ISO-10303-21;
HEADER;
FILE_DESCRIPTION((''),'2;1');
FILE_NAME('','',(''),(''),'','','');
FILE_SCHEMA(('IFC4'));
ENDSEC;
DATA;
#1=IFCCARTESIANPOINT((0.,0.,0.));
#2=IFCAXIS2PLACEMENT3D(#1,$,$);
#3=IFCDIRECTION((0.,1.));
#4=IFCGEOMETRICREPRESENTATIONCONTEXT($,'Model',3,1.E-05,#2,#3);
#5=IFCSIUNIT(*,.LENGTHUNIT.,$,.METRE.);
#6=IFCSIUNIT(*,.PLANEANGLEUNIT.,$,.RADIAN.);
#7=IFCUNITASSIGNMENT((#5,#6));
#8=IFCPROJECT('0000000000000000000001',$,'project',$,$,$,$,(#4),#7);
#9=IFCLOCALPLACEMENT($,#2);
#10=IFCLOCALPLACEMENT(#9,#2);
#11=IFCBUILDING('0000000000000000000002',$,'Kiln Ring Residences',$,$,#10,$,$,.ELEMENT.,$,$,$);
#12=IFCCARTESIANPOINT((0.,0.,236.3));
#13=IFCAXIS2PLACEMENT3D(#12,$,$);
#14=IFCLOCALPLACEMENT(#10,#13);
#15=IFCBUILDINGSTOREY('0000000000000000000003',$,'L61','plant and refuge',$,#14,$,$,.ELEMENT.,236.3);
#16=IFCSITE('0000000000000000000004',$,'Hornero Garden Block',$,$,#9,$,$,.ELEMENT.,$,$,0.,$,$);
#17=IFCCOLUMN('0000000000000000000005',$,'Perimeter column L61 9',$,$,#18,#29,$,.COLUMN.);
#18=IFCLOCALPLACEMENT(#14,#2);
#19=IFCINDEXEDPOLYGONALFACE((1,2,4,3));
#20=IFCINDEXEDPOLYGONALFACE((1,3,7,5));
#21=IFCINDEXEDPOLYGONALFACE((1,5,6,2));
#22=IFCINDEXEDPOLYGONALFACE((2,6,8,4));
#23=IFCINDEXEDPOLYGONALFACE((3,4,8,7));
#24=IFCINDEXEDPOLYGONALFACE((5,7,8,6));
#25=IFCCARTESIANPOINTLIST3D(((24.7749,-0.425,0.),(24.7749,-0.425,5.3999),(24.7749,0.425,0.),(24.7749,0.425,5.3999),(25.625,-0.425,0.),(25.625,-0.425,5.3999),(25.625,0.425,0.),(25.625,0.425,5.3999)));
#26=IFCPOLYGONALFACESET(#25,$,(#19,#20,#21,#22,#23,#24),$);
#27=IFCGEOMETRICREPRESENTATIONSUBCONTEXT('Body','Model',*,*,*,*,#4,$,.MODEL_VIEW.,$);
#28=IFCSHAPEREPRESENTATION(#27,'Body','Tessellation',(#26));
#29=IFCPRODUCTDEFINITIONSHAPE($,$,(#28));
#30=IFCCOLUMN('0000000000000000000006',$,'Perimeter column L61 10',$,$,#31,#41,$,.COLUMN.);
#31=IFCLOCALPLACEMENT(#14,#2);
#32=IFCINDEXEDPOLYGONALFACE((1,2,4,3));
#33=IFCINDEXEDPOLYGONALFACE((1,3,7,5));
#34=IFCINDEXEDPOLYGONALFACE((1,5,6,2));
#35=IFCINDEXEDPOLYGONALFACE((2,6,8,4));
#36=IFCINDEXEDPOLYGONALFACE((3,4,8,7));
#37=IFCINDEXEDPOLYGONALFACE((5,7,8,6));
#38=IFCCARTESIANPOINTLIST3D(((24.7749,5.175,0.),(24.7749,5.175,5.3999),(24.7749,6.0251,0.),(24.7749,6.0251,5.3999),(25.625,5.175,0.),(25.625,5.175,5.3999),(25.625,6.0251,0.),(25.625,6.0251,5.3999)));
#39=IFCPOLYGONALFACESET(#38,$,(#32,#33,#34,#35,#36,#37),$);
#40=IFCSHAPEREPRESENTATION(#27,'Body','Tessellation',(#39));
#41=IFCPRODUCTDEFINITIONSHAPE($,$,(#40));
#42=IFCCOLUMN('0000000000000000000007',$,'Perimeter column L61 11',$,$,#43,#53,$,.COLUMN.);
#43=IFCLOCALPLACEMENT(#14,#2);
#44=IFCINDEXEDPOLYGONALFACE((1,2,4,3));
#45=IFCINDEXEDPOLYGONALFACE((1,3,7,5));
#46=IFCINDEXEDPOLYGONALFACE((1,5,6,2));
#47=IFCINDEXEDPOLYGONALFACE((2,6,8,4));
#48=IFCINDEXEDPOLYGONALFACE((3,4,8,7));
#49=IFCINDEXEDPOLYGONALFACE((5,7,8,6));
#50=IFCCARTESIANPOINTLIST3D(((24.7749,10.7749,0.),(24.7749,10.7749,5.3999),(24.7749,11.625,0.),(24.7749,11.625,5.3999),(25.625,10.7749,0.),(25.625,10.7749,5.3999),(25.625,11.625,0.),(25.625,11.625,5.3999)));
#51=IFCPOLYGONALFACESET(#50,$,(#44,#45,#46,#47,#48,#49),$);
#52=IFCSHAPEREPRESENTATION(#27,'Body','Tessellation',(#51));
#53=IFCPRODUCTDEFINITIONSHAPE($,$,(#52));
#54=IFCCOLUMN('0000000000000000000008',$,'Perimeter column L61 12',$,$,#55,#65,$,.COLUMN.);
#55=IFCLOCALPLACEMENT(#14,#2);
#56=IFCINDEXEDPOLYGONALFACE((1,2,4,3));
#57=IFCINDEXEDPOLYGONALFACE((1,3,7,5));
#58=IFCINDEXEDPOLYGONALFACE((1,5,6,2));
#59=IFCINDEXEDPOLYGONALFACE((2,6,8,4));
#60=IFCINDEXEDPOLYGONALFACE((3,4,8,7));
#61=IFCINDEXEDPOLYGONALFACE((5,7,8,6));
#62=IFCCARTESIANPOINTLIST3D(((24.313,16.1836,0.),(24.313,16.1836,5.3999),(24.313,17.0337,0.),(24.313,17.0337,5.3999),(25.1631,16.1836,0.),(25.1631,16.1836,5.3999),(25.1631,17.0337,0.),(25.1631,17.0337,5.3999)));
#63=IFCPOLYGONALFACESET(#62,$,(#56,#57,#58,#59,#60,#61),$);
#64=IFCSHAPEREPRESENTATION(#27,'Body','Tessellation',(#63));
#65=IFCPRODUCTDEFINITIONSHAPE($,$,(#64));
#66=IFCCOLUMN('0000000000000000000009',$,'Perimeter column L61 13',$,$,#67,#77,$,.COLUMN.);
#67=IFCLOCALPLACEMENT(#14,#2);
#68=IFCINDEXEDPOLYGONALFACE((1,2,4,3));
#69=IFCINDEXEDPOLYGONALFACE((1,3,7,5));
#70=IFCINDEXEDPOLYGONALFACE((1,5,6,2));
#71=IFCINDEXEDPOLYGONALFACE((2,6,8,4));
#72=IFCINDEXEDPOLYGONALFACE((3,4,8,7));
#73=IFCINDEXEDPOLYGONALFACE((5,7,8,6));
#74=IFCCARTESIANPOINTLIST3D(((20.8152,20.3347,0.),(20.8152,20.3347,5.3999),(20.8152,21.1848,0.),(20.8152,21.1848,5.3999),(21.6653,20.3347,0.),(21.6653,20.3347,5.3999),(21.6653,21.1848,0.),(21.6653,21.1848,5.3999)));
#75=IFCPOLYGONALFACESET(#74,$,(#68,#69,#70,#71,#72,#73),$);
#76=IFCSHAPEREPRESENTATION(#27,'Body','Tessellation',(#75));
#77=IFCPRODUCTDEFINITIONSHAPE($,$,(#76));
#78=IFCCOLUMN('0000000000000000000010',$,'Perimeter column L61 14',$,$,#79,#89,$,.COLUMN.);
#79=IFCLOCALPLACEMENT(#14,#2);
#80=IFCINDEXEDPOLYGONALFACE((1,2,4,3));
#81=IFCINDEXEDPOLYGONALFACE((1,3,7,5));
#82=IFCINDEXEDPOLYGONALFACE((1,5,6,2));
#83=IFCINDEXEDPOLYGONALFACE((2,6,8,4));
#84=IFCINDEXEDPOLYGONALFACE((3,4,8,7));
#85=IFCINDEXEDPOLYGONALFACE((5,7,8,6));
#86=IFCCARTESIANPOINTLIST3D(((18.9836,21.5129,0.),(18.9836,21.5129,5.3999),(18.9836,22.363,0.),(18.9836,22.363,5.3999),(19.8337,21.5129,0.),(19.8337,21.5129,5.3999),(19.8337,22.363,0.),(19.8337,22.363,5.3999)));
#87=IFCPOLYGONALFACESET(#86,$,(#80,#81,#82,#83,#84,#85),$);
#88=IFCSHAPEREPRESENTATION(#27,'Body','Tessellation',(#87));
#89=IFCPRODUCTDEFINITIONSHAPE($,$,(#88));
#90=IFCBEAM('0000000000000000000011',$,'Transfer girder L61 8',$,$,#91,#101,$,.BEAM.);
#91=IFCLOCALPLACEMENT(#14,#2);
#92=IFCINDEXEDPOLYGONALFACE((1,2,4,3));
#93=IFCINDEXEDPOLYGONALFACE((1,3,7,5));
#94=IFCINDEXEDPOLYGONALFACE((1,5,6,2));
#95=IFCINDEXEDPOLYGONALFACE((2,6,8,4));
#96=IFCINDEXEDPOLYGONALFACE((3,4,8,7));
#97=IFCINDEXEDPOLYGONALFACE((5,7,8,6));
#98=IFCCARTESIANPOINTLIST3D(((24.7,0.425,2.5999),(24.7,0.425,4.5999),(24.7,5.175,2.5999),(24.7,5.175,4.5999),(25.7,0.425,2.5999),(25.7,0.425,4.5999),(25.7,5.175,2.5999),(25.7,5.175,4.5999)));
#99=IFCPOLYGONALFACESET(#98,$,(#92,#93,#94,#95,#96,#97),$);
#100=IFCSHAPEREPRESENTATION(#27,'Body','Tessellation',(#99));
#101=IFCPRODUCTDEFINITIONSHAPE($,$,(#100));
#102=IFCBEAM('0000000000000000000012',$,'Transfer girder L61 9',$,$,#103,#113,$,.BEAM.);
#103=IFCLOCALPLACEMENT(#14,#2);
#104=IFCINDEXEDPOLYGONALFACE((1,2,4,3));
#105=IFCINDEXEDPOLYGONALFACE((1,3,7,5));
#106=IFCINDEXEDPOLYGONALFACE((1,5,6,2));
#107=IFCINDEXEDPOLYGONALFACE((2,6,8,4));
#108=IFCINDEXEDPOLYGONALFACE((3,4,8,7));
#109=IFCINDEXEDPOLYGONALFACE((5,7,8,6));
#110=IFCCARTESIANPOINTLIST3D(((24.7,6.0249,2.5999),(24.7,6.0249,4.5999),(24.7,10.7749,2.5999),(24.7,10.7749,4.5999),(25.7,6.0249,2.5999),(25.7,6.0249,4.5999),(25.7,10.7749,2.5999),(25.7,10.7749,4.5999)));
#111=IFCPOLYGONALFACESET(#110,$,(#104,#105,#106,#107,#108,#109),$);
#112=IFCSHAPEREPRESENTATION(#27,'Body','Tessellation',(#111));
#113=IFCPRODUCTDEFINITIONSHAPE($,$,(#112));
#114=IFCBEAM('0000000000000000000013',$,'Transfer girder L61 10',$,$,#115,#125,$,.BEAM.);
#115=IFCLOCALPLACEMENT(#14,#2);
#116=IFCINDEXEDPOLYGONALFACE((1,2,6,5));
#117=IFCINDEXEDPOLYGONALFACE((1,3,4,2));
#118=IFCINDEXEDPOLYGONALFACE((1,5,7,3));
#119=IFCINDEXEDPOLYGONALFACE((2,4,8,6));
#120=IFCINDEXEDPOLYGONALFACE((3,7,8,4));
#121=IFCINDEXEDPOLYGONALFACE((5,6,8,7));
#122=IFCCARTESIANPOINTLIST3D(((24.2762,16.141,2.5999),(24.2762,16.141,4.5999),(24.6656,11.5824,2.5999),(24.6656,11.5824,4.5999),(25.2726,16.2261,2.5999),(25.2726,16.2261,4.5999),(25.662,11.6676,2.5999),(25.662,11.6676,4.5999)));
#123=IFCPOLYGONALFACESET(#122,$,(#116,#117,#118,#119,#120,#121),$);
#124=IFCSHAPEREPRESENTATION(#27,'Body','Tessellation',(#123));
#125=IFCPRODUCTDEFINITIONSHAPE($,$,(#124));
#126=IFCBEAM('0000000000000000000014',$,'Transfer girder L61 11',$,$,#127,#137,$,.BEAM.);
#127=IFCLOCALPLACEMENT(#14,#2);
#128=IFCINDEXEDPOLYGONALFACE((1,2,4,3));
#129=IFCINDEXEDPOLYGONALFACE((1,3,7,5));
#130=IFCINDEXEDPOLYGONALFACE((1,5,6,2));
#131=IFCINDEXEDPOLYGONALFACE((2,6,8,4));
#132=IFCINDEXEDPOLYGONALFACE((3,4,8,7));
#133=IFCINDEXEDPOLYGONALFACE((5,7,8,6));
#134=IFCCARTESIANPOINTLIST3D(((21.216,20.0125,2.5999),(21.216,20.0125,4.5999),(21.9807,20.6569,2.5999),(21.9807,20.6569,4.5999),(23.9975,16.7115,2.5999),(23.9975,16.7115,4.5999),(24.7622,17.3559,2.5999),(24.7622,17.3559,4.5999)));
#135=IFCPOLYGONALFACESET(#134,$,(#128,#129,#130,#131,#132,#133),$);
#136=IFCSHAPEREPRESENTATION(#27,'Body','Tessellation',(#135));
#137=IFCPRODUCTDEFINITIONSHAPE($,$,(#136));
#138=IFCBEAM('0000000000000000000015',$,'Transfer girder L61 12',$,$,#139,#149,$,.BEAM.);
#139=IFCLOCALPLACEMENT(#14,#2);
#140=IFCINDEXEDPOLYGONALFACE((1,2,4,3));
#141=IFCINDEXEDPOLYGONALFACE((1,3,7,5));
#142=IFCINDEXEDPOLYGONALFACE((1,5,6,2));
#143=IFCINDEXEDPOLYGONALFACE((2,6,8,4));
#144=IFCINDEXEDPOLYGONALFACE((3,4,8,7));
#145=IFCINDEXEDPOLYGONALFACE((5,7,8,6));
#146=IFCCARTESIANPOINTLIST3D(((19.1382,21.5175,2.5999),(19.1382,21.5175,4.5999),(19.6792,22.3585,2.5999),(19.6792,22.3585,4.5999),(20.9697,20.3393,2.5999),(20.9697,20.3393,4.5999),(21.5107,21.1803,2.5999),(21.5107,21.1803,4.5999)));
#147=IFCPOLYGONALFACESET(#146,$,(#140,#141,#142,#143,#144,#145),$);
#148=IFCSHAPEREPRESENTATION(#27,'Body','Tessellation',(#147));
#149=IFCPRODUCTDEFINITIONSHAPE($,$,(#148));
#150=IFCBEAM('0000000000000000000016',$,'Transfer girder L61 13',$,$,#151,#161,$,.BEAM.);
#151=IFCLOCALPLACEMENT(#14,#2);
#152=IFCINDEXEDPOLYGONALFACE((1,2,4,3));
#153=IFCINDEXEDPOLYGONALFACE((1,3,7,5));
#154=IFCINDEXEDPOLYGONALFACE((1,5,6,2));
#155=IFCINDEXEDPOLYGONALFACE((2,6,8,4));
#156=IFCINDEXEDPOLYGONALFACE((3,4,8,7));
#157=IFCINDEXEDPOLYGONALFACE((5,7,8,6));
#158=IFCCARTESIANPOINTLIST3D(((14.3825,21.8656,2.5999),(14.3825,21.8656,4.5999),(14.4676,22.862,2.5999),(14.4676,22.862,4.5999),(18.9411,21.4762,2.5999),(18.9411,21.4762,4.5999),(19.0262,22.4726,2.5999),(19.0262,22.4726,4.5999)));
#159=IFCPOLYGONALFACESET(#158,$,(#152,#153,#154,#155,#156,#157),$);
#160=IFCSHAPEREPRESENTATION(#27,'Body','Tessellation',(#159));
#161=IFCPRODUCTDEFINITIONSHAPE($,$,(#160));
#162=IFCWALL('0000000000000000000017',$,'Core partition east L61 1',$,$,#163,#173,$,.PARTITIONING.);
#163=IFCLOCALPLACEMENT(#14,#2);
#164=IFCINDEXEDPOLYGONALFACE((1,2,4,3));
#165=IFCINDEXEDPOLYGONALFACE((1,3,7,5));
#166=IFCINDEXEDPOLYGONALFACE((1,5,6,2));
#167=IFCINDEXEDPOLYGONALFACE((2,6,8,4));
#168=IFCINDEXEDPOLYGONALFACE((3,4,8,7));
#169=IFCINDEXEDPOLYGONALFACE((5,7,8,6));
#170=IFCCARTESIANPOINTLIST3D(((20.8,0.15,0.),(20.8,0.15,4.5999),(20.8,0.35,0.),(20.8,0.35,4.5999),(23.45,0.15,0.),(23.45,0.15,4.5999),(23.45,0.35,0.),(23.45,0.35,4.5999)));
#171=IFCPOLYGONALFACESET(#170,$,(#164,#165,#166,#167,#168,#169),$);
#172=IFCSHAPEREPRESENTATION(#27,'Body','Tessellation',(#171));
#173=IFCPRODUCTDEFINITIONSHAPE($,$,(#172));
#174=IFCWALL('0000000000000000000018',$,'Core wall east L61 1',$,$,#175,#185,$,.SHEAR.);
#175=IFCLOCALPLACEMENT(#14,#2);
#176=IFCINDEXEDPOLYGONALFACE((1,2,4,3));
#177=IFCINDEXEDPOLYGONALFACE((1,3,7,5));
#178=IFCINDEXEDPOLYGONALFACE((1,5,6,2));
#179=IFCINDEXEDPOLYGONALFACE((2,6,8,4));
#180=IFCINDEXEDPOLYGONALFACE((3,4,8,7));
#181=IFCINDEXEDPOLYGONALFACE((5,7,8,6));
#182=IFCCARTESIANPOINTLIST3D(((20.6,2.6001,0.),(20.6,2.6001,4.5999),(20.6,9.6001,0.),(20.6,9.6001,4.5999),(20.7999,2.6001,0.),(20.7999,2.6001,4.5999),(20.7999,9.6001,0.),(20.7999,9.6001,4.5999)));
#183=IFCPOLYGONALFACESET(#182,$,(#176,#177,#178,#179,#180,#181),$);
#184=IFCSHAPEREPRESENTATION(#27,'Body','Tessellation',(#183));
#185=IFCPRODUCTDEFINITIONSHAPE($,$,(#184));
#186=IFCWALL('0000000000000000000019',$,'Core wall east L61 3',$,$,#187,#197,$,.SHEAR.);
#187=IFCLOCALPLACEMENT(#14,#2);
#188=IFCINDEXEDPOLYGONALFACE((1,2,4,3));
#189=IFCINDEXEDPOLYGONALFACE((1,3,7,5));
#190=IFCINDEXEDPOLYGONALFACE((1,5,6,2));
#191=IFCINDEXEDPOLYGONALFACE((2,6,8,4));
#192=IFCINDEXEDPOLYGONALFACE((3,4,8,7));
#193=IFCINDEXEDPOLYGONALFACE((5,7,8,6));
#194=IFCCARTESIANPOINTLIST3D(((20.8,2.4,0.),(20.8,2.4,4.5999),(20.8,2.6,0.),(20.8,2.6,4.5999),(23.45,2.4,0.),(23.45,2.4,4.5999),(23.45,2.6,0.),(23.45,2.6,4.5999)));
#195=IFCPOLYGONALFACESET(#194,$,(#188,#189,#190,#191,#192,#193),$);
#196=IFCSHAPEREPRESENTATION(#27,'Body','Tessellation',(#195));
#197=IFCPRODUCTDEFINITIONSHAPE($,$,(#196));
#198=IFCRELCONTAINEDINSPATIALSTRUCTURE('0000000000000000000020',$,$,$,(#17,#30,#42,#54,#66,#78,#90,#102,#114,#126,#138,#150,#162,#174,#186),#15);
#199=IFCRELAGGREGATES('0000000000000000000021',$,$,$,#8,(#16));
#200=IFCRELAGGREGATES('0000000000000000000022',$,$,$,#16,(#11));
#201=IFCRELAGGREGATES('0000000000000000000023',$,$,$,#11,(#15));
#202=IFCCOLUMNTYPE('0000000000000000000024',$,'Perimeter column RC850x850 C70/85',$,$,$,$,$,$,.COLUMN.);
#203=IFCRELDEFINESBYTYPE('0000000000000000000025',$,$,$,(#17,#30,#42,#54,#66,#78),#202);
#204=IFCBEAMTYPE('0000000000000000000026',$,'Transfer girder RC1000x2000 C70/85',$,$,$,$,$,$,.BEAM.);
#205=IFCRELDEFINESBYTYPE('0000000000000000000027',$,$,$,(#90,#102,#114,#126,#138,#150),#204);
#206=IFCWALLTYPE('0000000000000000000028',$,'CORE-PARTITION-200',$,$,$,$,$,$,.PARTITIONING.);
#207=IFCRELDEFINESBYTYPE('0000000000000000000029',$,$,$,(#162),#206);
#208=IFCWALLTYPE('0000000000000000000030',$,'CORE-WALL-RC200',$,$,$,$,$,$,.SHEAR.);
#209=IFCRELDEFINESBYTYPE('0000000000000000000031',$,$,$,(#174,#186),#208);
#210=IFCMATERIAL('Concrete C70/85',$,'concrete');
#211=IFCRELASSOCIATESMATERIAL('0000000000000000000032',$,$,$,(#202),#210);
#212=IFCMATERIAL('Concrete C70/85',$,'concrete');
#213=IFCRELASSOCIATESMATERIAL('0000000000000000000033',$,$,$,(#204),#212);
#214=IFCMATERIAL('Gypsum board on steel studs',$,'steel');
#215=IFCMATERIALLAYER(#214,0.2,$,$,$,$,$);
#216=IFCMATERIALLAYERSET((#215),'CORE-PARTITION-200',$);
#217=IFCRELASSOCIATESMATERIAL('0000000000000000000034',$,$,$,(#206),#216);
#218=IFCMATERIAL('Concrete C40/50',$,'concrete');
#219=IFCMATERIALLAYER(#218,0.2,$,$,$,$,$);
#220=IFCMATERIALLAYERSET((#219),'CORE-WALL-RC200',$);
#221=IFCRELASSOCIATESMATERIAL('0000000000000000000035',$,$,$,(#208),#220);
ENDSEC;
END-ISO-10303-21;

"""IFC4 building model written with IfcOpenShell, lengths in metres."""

from ifc_helpers import new_model, si_unit, direction, frame, frame_2d, origin, origin_2d, place, context, subcontext, project, spatial, rectangle, extrude, material, layer, layer_set, material_profile, profile_set, type_object, element, save


model = new_model("IFC4")

# Units and contexts
model_context = context("Model", 3, precision=1e-05, world=origin(), true_north=direction((0.0, 1.0)))
body_context = subcontext(model_context, "Body", "Model", "MODEL_VIEW")
ifc_project = project(units=[si_unit("LENGTHUNIT", "METRE"), si_unit("PLANEANGLEUNIT", "RADIAN")], contexts=[model_context])

# Site, building, storey
site_placement = place(None, origin())
site = spatial("IfcSite", under=ifc_project, at=site_placement, Name="Hornero Garden Block", CompositionType="ELEMENT", RefElevation=0.0)
building_placement = place(site_placement, origin())
building = spatial("IfcBuilding", under=site, at=building_placement, Name="Kiln Ring Residences", CompositionType="ELEMENT")
storey_placement = place(building_placement, frame((0.0, 0.0, 236.3)))
storey = spatial("IfcBuildingStorey", under=building, at=storey_placement, Name="L61", Description="plant and refuge", CompositionType="ELEMENT", Elevation=236.3)

# Columns
ifc_material_1 = material(Name="Concrete C70/85", Category="concrete")
ifc_material_profile_1 = material_profile(ifc_material_1, rectangle(XDim=0.8501, YDim=0.8501, at=origin_2d()), Name="RC850x850")
ifc_profile_set_1 = profile_set([ifc_material_profile_1], Name="Concrete C70/85")
column_type = type_object("IfcColumnType", Name="Perimeter column RC850x850 C70/85", PredefinedType="COLUMN", material=ifc_profile_set_1)
for number, where, z_axis, x_axis, name in (
    (1, (25.2, 0.0, 0.0), (0.0, 0.0, 1.0), (1.0, 0.0, 0.0), "Perimeter column L61 9"),
    (2, (25.2, 5.6001, 0.0), (0.0, 0.0, 1.0), (1.0, 0.0, 0.0), "Perimeter column L61 10"),
    (3, (25.2, 11.2, 0.0), (0.0, 0.0, 1.0), (1.0, 0.0, 0.0), "Perimeter column L61 11"),
    (4, (24.738, 16.6086, 0.0), (0.0, 0.0, 1.0), (1.0, 0.0, 0.0), "Perimeter column L61 12"),
    (5, (21.2402, 20.7598, 0.0), (0.0, 0.0, 1.0), (1.0, 0.0, 0.0), "Perimeter column L61 13"),
    (6, (19.4087, 21.938, 0.0), (0.0, 0.0, 1.0), (1.0, 0.0, 0.0), "Perimeter column L61 14"),
):
    element("IfcColumn", number, at=place(storey_placement, frame(where, z_axis=z_axis, x_axis=x_axis)), inside=storey, type_object=column_type, Name=name, PredefinedType="COLUMN", context=body_context, shape_type="SweptSolid", body=[
        extrude(rectangle(XDim=0.8501, YDim=0.8501, at=origin_2d()), origin(), (0.0, 0.0, 1.0), 5.3999),
    ])

# Beams
ifc_material_2 = material(Name="Concrete C70/85", Category="concrete")
ifc_material_profile_2 = material_profile(ifc_material_2, rectangle(XDim=1.0, YDim=2.0, at=origin_2d()), Name="RC1000x2000")
ifc_profile_set_2 = profile_set([ifc_material_profile_2], Name="Concrete C70/85")
beam_type = type_object("IfcBeamType", Name="Transfer girder RC1000x2000 C70/85", PredefinedType="BEAM", material=ifc_profile_set_2)
for number, where, z_axis, x_axis, name in (
    (7, (25.2, 0.425, 3.5999), (0.0, 1.0, 0.0), (-1.0, 0.0, 0.0), "Transfer girder L61 8"),
    (8, (25.2, 6.0249, 3.5999), (0.0, 1.0, 0.0), (-1.0, 0.0, 0.0), "Transfer girder L61 9"),
):
    element("IfcBeam", number, at=place(storey_placement, frame(where, z_axis=z_axis, x_axis=x_axis)), inside=storey, type_object=beam_type, Name=name, PredefinedType="BEAM", context=body_context, shape_type="SweptSolid", body=[
        extrude(rectangle(XDim=1.0, YDim=2.0, at=origin_2d()), origin(), (0.0, 0.0, 1.0), 4.75),
    ])
beam_1_placement = place(storey_placement, frame((25.1638, 11.625, 3.5999), z_axis=(-0.085112, 0.996371, 0.0), x_axis=(-0.996371, -0.085112, 0.0)))
element("IfcBeam", 9, at=beam_1_placement, inside=storey, type_object=beam_type, Name="Transfer girder L61 10", PredefinedType="BEAM", context=body_context, shape_type="SweptSolid", body=[
    extrude(rectangle(XDim=1.0, YDim=2.0, at=origin_2d()), origin(), (0.0, 0.0, 1.0), 4.5752),
])
beam_2_placement = place(storey_placement, frame((24.3799, 17.0337, 3.5999), z_axis=(-0.644364, 0.764719, 0.0), x_axis=(-0.764719, -0.644364, 0.0)))
element("IfcBeam", 10, at=beam_2_placement, inside=storey, type_object=beam_type, Name="Transfer girder L61 11", PredefinedType="BEAM", context=body_context, shape_type="SweptSolid", body=[
    extrude(rectangle(XDim=1.0, YDim=2.0, at=origin_2d()), origin(), (0.0, 0.0, 1.0), 4.3167),
])
beam_3_placement = place(storey_placement, frame((21.2402, 20.7598, 3.5999), z_axis=(-0.841011, 0.541018, 0.0), x_axis=(-0.541018, -0.841011, 0.0)))
element("IfcBeam", 11, at=beam_3_placement, inside=storey, type_object=beam_type, Name="Transfer girder L61 12", PredefinedType="BEAM", context=body_context, shape_type="SweptSolid", body=[
    extrude(rectangle(XDim=1.0, YDim=2.0, at=origin_2d()), origin(), (0.0, 0.0, 1.0), 2.1777),
])
beam_4_placement = place(storey_placement, frame((18.9836, 21.9744, 3.5999), z_axis=(-0.996371, 0.085112, 0.0), x_axis=(-0.085112, -0.996371, 0.0)))
element("IfcBeam", 12, at=beam_4_placement, inside=storey, type_object=beam_type, Name="Transfer girder L61 13", PredefinedType="BEAM", context=body_context, shape_type="SweptSolid", body=[
    extrude(rectangle(XDim=1.0, YDim=2.0, at=origin_2d()), origin(), (0.0, 0.0, 1.0), 4.5752),
])

# Walls
ifc_material_3 = material(Name="Gypsum board on steel studs", Category="steel")
ifc_layer_1 = layer(ifc_material_3, 0.2)
ifc_layer_set_1 = layer_set([ifc_layer_1], Name="CORE-PARTITION-200")
wall_type_1 = type_object("IfcWallType", Name="CORE-PARTITION-200", PredefinedType="PARTITIONING", material=ifc_layer_set_1)
wall_1_placement = place(storey_placement, frame((20.8, 0.25, 0.0), z_axis=(0.0, 0.0, 1.0), x_axis=(1.0, 0.0, 0.0)))
element("IfcWall", 13, at=wall_1_placement, inside=storey, type_object=wall_type_1, Name="Core partition east L61 1", PredefinedType="PARTITIONING", context=body_context, shape_type="SweptSolid", body=[
    extrude(rectangle(XDim=2.6499, YDim=0.2, at=frame_2d((1.325, 0.0))), origin(), (0.0, 0.0, 1.0), 4.5999),
])
ifc_material_4 = material(Name="Concrete C40/50", Category="concrete")
ifc_layer_2 = layer(ifc_material_4, 0.2)
ifc_layer_set_2 = layer_set([ifc_layer_2], Name="CORE-WALL-RC200")
wall_type_2 = type_object("IfcWallType", Name="CORE-WALL-RC200", PredefinedType="SHEAR", material=ifc_layer_set_2)
wall_2_placement = place(storey_placement, frame((20.7, 2.6001, 0.0), z_axis=(0.0, 0.0, 1.0), x_axis=(0.0, 1.0, 0.0)))
element("IfcWall", 14, at=wall_2_placement, inside=storey, type_object=wall_type_2, Name="Core wall east L61 1", PredefinedType="SHEAR", context=body_context, shape_type="SweptSolid", body=[
    extrude(rectangle(XDim=7.0, YDim=0.2, at=frame_2d((3.5, 0.0))), origin(), (0.0, 0.0, 1.0), 4.5999),
])
wall_3_placement = place(storey_placement, frame((20.8, 2.5, 0.0), z_axis=(0.0, 0.0, 1.0), x_axis=(1.0, 0.0, 0.0)))
element("IfcWall", 15, at=wall_3_placement, inside=storey, type_object=wall_type_2, Name="Core wall east L61 3", PredefinedType="SHEAR", context=body_context, shape_type="SweptSolid", body=[
    extrude(rectangle(XDim=2.6499, YDim=0.2, at=frame_2d((1.325, 0.0))), origin(), (0.0, 0.0, 1.0), 4.5999),
])

save(model, "model.ifc")
